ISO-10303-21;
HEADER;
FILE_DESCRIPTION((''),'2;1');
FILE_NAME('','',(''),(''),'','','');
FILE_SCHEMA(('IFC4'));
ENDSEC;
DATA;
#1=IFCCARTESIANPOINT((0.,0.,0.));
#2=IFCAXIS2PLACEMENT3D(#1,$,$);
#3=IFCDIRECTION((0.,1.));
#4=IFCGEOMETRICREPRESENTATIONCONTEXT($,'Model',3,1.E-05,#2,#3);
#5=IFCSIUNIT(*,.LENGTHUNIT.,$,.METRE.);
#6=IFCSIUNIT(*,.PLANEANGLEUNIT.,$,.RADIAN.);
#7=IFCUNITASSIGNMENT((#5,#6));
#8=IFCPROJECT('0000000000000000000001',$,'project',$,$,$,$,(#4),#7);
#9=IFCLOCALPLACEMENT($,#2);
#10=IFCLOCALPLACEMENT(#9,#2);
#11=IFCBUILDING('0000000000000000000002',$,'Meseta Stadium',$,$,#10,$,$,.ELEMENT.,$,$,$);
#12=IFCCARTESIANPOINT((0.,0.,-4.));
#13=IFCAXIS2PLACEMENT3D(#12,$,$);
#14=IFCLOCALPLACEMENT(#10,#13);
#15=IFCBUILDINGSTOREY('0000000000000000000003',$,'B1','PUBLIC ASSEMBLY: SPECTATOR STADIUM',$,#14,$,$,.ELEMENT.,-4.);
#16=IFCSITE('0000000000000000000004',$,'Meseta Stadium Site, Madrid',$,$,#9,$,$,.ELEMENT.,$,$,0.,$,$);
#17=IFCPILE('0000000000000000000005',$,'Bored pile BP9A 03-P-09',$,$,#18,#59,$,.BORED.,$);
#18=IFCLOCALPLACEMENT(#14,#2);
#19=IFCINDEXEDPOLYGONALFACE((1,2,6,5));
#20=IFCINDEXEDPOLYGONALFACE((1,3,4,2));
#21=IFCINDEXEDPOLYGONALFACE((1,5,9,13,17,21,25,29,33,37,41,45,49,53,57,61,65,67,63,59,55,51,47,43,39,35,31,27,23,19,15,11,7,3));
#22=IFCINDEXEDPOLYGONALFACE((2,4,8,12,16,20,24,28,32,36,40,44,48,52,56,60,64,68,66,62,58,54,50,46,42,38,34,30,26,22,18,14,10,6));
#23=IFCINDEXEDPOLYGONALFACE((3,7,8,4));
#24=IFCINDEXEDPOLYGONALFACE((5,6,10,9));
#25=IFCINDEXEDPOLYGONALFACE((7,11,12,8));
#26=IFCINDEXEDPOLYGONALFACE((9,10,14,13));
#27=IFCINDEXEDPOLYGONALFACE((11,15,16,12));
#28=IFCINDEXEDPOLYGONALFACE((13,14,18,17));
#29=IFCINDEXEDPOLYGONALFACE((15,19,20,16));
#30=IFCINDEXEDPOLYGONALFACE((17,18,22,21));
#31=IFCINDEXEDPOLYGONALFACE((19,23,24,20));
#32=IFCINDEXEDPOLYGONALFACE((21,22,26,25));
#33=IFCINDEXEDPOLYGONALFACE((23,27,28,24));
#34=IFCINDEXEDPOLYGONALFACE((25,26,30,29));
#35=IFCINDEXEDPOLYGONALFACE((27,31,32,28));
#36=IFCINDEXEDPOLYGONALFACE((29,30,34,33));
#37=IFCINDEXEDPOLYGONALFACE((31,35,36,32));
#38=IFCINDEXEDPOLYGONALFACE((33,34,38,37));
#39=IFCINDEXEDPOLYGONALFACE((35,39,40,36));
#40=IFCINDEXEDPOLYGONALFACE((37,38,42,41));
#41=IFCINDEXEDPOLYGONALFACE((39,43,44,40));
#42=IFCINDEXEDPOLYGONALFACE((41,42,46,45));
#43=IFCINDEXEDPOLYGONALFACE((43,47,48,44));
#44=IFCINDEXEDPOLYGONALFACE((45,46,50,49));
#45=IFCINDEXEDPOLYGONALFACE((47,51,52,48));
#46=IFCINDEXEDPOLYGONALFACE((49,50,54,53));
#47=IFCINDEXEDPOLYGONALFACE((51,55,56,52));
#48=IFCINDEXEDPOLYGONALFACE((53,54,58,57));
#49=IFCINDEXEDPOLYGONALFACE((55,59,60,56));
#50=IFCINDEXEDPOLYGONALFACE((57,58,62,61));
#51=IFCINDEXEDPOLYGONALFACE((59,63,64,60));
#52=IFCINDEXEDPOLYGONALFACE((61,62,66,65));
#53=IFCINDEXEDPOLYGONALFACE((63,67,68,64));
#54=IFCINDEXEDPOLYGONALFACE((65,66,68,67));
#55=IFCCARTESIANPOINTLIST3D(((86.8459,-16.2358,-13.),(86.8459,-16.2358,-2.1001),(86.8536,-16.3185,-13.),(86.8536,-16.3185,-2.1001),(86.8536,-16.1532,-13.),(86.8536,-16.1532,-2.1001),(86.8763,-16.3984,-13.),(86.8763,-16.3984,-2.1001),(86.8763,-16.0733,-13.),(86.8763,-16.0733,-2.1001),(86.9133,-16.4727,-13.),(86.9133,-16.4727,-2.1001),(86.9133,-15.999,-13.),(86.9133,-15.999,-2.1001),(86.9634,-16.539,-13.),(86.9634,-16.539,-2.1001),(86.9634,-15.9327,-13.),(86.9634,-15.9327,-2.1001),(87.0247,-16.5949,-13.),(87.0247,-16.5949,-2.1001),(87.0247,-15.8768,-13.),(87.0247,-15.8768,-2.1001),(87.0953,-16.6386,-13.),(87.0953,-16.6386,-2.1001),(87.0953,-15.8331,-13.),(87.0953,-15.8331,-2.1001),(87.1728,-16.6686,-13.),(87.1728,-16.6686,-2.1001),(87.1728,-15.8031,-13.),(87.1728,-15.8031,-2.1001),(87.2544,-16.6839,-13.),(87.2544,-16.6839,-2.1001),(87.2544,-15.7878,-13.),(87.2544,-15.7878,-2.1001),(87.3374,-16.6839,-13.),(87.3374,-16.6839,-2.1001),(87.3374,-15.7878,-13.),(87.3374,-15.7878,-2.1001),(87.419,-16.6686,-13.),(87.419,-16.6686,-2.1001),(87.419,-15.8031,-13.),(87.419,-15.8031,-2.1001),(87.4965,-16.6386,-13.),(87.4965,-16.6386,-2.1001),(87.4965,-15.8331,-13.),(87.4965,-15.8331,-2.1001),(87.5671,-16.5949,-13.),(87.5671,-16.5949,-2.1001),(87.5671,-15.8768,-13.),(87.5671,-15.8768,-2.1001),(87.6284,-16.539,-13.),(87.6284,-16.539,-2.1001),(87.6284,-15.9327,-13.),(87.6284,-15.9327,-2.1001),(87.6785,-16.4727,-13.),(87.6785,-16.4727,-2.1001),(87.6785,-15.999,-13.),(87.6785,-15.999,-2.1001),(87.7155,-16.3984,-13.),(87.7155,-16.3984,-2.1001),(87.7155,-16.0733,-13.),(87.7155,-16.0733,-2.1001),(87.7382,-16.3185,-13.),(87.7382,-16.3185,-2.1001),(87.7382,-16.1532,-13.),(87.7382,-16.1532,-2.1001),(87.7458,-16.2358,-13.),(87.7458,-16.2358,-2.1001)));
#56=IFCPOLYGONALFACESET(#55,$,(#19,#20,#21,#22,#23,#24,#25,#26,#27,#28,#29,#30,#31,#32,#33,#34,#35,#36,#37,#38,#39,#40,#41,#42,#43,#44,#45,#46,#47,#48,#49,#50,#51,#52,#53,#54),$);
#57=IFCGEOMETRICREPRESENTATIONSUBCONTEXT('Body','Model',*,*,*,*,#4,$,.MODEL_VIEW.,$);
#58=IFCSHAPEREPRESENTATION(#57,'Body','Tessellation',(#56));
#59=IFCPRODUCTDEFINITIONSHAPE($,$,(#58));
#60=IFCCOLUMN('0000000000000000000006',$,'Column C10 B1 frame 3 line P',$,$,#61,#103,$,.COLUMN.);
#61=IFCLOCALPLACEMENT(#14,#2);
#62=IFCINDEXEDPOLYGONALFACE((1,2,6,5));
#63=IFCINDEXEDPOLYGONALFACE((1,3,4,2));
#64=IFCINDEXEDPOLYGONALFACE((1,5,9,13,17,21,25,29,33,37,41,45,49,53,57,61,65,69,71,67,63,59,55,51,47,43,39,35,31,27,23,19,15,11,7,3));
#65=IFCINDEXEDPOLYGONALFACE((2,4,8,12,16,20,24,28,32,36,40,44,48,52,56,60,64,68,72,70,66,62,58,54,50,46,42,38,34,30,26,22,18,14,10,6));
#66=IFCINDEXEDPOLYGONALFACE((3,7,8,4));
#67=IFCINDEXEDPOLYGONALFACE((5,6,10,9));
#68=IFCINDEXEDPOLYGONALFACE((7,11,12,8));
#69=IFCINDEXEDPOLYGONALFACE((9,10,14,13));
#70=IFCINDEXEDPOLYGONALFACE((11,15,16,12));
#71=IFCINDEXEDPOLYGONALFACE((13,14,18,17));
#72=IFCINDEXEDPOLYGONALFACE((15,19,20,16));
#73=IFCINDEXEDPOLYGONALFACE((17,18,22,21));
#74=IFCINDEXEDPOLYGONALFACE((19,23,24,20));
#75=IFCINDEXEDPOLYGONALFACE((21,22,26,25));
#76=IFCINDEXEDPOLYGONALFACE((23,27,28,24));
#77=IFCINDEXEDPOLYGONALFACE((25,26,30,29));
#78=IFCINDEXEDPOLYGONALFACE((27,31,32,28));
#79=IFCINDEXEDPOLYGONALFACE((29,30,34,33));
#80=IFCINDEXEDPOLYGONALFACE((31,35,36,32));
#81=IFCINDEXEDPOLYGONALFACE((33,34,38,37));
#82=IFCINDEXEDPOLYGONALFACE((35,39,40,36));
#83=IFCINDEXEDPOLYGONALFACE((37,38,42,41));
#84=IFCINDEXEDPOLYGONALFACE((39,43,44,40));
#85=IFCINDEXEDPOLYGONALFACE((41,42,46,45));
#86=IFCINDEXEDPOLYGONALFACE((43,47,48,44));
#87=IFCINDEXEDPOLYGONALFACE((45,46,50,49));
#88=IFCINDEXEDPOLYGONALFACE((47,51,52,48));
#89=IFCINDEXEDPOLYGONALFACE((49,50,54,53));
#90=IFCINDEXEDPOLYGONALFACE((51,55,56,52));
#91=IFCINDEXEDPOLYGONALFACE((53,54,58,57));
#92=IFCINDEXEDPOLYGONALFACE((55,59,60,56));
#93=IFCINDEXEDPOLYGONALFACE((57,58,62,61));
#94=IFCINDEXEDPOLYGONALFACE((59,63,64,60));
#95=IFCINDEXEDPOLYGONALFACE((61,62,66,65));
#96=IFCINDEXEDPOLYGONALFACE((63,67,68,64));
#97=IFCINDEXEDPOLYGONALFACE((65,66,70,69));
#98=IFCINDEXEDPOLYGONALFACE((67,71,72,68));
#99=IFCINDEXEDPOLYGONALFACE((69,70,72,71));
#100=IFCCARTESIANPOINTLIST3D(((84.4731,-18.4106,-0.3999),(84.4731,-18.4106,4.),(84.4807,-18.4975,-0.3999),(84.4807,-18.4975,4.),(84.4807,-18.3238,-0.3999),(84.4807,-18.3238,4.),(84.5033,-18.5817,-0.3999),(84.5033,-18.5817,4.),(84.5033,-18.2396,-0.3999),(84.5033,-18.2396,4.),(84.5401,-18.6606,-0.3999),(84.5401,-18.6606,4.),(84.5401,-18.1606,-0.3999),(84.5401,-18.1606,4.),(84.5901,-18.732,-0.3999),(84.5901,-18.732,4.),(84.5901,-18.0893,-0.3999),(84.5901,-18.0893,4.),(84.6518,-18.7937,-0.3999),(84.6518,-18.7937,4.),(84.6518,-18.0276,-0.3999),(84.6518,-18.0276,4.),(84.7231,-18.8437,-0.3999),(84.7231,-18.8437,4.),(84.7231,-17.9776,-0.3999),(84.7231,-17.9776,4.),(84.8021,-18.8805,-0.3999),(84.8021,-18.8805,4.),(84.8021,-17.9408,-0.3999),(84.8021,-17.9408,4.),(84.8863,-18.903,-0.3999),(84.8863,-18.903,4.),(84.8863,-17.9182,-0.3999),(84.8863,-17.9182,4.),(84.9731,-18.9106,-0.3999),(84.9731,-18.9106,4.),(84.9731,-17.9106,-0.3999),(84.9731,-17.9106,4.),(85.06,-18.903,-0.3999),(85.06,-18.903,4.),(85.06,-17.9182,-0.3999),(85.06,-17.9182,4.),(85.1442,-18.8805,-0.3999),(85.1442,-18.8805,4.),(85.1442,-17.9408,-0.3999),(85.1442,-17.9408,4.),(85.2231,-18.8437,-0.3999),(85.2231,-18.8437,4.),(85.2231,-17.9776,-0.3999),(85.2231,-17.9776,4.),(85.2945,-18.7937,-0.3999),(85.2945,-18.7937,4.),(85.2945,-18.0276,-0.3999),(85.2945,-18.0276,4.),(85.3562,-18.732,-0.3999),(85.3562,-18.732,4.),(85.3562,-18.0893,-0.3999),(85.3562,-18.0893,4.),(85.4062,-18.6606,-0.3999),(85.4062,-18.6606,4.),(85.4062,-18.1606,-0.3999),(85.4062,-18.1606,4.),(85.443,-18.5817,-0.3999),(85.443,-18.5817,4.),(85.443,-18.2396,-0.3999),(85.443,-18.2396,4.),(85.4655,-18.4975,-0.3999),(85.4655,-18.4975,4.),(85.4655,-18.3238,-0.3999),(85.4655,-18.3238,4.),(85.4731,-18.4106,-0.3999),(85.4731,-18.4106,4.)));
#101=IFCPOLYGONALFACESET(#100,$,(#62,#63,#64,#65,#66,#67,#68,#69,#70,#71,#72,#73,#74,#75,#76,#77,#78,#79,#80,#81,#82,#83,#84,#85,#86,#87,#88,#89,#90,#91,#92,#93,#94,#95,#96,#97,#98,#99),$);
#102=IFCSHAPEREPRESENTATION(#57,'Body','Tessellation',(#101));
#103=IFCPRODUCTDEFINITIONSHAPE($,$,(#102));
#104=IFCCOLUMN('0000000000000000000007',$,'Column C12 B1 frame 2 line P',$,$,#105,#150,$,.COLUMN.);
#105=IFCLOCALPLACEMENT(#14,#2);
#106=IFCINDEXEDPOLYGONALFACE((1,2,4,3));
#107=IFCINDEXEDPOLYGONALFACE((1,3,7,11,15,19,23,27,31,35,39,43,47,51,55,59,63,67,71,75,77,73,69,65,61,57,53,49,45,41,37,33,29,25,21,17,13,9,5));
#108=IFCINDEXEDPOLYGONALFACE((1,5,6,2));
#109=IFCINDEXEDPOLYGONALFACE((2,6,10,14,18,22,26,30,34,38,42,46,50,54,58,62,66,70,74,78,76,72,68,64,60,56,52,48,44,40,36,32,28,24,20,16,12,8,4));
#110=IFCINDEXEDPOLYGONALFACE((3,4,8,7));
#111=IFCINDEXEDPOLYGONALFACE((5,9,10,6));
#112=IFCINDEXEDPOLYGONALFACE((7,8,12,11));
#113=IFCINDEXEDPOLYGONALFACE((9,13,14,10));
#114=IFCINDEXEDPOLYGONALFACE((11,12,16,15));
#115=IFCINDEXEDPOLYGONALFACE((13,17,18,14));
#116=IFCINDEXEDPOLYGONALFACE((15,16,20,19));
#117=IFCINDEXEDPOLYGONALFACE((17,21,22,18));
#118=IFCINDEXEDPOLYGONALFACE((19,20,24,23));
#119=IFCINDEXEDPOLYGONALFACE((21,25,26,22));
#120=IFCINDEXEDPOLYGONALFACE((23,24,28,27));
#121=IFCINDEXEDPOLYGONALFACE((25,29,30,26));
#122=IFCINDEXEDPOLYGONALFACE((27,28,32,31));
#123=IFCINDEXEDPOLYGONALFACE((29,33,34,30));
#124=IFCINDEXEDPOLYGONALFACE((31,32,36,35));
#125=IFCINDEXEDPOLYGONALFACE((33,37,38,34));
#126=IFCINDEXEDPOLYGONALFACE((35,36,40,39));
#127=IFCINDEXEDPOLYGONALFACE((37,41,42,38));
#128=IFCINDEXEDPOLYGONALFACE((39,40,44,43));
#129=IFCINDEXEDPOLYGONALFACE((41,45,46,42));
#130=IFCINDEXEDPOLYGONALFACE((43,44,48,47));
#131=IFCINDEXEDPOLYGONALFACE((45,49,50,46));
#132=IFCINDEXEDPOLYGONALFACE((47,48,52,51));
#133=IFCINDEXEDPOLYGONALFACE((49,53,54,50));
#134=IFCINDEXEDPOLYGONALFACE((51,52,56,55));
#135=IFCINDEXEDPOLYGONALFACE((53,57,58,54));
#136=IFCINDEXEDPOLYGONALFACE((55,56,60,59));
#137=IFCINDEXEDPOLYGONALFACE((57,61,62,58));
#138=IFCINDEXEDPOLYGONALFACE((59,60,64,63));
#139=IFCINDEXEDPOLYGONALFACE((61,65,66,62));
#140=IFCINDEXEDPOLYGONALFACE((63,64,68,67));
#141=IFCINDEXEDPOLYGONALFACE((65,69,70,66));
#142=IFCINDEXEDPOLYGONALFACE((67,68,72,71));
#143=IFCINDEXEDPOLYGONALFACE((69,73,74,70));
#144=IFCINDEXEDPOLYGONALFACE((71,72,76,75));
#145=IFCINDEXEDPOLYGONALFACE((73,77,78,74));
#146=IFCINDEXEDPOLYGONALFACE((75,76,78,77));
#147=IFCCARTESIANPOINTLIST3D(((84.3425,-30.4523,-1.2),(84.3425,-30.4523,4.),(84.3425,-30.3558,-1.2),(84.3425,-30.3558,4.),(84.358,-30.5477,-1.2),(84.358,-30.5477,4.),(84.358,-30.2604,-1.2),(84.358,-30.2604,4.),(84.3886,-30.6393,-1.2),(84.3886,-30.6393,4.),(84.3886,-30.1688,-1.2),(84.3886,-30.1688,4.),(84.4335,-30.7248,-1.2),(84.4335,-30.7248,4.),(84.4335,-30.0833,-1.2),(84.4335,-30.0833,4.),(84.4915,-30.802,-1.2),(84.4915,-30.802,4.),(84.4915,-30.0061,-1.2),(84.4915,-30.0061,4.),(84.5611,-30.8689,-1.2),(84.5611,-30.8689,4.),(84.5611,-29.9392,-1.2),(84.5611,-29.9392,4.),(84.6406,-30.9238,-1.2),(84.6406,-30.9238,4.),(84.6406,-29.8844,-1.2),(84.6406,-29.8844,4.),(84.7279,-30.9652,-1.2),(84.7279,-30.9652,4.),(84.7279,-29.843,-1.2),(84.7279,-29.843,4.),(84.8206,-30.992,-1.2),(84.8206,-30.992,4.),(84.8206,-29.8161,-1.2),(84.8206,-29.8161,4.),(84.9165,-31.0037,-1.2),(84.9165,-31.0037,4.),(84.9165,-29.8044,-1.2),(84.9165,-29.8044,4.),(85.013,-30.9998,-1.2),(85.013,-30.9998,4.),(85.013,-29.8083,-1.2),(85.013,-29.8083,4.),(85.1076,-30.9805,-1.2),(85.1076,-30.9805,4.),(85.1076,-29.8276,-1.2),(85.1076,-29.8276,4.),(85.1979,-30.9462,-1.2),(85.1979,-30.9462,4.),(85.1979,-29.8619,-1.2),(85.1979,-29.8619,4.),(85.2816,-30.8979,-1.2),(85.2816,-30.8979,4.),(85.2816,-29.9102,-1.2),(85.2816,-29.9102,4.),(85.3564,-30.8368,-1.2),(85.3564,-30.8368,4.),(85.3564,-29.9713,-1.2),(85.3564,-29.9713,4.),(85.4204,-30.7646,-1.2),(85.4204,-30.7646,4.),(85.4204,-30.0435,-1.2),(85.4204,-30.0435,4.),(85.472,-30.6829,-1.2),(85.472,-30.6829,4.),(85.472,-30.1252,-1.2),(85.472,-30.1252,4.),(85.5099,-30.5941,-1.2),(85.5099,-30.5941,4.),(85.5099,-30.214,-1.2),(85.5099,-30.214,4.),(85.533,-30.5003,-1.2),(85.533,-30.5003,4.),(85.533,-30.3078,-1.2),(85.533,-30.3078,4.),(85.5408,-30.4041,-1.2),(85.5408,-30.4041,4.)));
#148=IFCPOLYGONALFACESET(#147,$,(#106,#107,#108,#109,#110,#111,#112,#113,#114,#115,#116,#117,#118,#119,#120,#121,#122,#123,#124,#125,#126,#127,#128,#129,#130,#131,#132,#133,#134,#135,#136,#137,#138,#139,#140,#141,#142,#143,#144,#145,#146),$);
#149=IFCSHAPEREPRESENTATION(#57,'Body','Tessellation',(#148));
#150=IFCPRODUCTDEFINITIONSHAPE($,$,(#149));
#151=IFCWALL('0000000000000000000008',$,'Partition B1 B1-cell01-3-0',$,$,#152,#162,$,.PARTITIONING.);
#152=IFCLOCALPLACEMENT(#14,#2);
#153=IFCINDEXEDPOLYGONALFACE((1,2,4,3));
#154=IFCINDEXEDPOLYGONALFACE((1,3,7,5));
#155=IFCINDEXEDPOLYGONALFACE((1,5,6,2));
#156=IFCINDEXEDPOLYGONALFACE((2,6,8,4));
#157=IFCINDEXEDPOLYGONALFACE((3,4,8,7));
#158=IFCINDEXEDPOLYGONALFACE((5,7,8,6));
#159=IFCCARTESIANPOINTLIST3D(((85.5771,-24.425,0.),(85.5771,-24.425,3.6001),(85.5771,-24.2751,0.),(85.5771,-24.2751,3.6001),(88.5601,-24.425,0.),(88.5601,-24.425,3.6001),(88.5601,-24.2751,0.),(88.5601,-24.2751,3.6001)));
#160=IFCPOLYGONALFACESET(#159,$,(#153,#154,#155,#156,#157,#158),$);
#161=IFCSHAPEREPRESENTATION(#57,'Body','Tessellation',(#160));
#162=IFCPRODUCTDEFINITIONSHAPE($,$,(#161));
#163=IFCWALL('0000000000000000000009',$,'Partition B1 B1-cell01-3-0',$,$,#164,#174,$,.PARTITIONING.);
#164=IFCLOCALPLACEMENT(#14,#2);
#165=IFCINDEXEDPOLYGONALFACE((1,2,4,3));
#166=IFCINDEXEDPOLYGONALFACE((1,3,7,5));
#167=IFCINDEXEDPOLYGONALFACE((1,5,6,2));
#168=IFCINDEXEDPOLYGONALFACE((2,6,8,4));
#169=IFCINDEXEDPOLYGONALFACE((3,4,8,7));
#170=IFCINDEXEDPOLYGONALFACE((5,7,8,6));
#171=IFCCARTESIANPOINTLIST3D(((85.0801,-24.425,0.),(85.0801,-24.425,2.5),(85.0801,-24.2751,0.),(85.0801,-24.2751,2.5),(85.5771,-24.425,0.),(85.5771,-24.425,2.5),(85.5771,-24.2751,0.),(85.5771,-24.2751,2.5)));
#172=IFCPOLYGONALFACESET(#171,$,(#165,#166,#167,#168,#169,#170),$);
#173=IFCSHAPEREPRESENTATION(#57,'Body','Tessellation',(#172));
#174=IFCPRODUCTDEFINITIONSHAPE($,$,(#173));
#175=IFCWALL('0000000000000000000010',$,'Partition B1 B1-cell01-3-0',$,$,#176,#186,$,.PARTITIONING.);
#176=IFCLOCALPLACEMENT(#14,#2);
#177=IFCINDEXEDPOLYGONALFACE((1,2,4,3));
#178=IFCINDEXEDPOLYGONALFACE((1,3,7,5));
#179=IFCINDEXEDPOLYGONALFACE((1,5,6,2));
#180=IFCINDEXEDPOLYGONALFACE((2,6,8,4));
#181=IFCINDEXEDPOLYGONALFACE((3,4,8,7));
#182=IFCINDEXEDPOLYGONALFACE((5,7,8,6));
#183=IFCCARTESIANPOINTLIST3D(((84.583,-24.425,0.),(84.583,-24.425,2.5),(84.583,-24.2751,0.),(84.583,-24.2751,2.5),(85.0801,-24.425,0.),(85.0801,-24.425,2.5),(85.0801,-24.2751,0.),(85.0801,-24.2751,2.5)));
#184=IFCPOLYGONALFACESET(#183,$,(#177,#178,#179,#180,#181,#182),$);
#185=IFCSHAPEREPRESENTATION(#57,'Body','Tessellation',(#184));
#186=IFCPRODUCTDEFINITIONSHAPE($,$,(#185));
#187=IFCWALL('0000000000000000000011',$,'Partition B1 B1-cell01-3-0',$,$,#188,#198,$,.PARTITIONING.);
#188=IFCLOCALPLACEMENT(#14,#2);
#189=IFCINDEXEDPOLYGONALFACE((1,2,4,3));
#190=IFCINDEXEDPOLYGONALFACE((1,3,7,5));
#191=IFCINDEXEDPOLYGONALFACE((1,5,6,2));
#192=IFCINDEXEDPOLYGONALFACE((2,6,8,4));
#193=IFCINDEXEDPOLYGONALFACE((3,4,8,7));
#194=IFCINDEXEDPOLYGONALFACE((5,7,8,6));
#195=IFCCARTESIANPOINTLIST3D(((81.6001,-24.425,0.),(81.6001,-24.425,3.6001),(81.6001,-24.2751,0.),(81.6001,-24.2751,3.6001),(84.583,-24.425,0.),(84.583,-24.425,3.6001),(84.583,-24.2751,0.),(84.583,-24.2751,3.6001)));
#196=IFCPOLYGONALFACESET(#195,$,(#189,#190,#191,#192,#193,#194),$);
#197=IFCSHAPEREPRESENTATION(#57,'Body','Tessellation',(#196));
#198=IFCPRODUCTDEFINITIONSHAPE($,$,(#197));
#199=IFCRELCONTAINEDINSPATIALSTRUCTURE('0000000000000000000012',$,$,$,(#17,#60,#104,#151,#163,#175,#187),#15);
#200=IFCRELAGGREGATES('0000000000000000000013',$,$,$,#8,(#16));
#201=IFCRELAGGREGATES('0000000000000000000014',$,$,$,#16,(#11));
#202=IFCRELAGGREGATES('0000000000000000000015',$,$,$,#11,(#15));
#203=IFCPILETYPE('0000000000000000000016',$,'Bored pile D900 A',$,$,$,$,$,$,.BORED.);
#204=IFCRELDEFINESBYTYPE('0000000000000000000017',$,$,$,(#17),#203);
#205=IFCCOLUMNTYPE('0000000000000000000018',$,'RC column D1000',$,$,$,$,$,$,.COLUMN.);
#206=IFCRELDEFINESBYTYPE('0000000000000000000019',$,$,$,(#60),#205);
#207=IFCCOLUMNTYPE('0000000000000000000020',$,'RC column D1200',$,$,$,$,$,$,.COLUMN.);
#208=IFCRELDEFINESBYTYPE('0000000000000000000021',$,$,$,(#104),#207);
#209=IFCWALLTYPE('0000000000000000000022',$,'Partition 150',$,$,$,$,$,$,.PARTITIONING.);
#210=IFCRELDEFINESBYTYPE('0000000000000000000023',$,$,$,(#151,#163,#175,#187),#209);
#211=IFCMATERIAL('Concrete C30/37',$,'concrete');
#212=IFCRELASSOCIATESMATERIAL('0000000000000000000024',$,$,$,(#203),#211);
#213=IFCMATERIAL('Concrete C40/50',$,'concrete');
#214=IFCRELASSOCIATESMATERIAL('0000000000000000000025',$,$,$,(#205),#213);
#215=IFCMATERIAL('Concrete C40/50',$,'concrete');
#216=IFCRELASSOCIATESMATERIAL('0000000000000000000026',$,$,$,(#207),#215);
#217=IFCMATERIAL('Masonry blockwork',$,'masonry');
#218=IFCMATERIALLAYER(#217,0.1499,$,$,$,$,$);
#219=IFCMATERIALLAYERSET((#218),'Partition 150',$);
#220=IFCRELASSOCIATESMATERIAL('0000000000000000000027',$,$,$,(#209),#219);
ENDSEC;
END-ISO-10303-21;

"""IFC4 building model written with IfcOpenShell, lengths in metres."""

from ifc_helpers import new_model, si_unit, direction, frame, frame_2d, origin, origin_2d, place, context, subcontext, project, spatial, rectangle, circle, extrude, material, layer, layer_set, material_profile, profile_set, type_object, element, save


model = new_model("IFC4")

# Units and contexts
model_context = context("Model", 3, precision=1e-05, world=origin(), true_north=direction((0.0, 1.0)))
body_context = subcontext(model_context, "Body", "Model", "MODEL_VIEW")
ifc_project = project(units=[si_unit("LENGTHUNIT", "METRE"), si_unit("PLANEANGLEUNIT", "RADIAN")], contexts=[model_context])

# Site, building, storey
site_placement = place(None, origin())
site = spatial("IfcSite", under=ifc_project, at=site_placement, Name="Meseta Stadium Site, Madrid", CompositionType="ELEMENT", RefElevation=0.0)
building_placement = place(site_placement, origin())
building = spatial("IfcBuilding", under=site, at=building_placement, Name="Meseta Stadium", CompositionType="ELEMENT")
storey_placement = place(building_placement, frame((0.0, 0.0, -4.0)))
storey = spatial("IfcBuildingStorey", under=building, at=storey_placement, Name="B1", Description="PUBLIC ASSEMBLY: SPECTATOR STADIUM", CompositionType="ELEMENT", Elevation=-4.0)

# Pile
ifc_material_1 = material(Name="Concrete C30/37", Category="concrete")
ifc_material_profile_1 = material_profile(ifc_material_1, circle(Radius=0.45, at=origin_2d()), Name="D900")
ifc_profile_set_1 = profile_set([ifc_material_profile_1], Name="Concrete C30/37")
pile_type = type_object("IfcPileType", Name="Bored pile D900 A", PredefinedType="BORED", material=ifc_profile_set_1)
for number, where, z_axis, x_axis, name in (
    (1, (87.2959, -16.2358, -2.1001), (0.0, 0.0, -1.0), (1.0, 0.0, 0.0), "Bored pile BP9A 03-P-09"),
):
    element("IfcPile", number, at=place(storey_placement, frame(where, z_axis=z_axis, x_axis=x_axis)), inside=storey, type_object=pile_type, Name=name, PredefinedType="BORED", context=body_context, shape_type="SweptSolid", body=[
        extrude(circle(Radius=0.45, at=origin_2d()), origin(), (0.0, 0.0, 1.0), 10.8999),
    ])

# Columns
ifc_material_2 = material(Name="Concrete C40/50", Category="concrete")
ifc_material_profile_2 = material_profile(ifc_material_2, circle(Radius=0.5, at=origin_2d()), Name="RC D1000")
ifc_profile_set_2 = profile_set([ifc_material_profile_2], Name="Concrete C40/50")
column_type_1 = type_object("IfcColumnType", Name="RC column D1000", PredefinedType="COLUMN", material=ifc_profile_set_2)
column_1_placement = place(storey_placement, frame((84.9731, -18.4106, -0.3999), z_axis=(0.0, 0.0, 1.0), x_axis=(1.0, 0.0, 0.0)))
element("IfcColumn", 2, at=column_1_placement, inside=storey, type_object=column_type_1, Name="Column C10 B1 frame 3 line P", PredefinedType="COLUMN", context=body_context, shape_type="SweptSolid", body=[
    extrude(circle(Radius=0.5, at=origin_2d()), origin(), (0.0, 0.0, 1.0), 4.3999),
])
ifc_material_3 = material(Name="Concrete C40/50", Category="concrete")
ifc_material_profile_3 = material_profile(ifc_material_3, circle(Radius=0.6001, at=origin_2d()), Name="RC D1200")
ifc_profile_set_3 = profile_set([ifc_material_profile_3], Name="Concrete C40/50")
column_type_2 = type_object("IfcColumnType", Name="RC column D1200", PredefinedType="COLUMN", material=ifc_profile_set_3)
column_2_placement = place(storey_placement, frame((84.9407, -30.4041, -1.2), z_axis=(0.0, 0.0, 1.0), x_axis=(1.0, 0.0, 0.0)))
element("IfcColumn", 3, at=column_2_placement, inside=storey, type_object=column_type_2, Name="Column C12 B1 frame 2 line P", PredefinedType="COLUMN", context=body_context, shape_type="SweptSolid", body=[
    extrude(circle(Radius=0.6001, at=origin_2d()), origin(), (0.0, 0.0, 1.0), 5.2),
])

# Walls
ifc_material_4 = material(Name="Masonry blockwork", Category="masonry")
ifc_layer = layer(ifc_material_4, 0.1499)
ifc_layer_set = layer_set([ifc_layer], Name="Partition 150")
wall_type = type_object("IfcWallType", Name="Partition 150", PredefinedType="PARTITIONING", material=ifc_layer_set)
wall_1_placement = place(storey_placement, frame((88.5601, -24.3501, 0.0), z_axis=(0.0, 0.0, 1.0), x_axis=(-1.0, 0.0, 0.0)))
element("IfcWall", 4, at=wall_1_placement, inside=storey, type_object=wall_type, Name="Partition B1 B1-cell01-3-0", PredefinedType="PARTITIONING", context=body_context, shape_type="SweptSolid", body=[
    extrude(rectangle(XDim=2.9829, YDim=0.1499, at=frame_2d((1.4915, 0.0))), origin(), (0.0, 0.0, 1.0), 3.6001),
])
for number, where, z_axis, x_axis, name in (
    (5, (85.5771, -24.3501, 0.0), (0.0, 0.0, 1.0), (-1.0, 0.0, 0.0), "Partition B1 B1-cell01-3-0"),
    (6, (85.0801, -24.3501, 0.0), (0.0, 0.0, 1.0), (-1.0, 0.0, 0.0), "Partition B1 B1-cell01-3-0"),
):
    element("IfcWall", number, at=place(storey_placement, frame(where, z_axis=z_axis, x_axis=x_axis)), inside=storey, type_object=wall_type, Name=name, PredefinedType="PARTITIONING", context=body_context, shape_type="SweptSolid", body=[
        extrude(rectangle(XDim=0.4971, YDim=0.1499, at=frame_2d((0.2485, 0.0))), origin(), (0.0, 0.0, 1.0), 2.5),
    ])
wall_2_placement = place(storey_placement, frame((84.583, -24.3501, 0.0), z_axis=(0.0, 0.0, 1.0), x_axis=(-1.0, 0.0, 0.0)))
element("IfcWall", 7, at=wall_2_placement, inside=storey, type_object=wall_type, Name="Partition B1 B1-cell01-3-0", PredefinedType="PARTITIONING", context=body_context, shape_type="SweptSolid", body=[
    extrude(rectangle(XDim=2.9829, YDim=0.1499, at=frame_2d((1.4915, 0.0))), origin(), (0.0, 0.0, 1.0), 3.6001),
])

save(model, "model.ifc")
